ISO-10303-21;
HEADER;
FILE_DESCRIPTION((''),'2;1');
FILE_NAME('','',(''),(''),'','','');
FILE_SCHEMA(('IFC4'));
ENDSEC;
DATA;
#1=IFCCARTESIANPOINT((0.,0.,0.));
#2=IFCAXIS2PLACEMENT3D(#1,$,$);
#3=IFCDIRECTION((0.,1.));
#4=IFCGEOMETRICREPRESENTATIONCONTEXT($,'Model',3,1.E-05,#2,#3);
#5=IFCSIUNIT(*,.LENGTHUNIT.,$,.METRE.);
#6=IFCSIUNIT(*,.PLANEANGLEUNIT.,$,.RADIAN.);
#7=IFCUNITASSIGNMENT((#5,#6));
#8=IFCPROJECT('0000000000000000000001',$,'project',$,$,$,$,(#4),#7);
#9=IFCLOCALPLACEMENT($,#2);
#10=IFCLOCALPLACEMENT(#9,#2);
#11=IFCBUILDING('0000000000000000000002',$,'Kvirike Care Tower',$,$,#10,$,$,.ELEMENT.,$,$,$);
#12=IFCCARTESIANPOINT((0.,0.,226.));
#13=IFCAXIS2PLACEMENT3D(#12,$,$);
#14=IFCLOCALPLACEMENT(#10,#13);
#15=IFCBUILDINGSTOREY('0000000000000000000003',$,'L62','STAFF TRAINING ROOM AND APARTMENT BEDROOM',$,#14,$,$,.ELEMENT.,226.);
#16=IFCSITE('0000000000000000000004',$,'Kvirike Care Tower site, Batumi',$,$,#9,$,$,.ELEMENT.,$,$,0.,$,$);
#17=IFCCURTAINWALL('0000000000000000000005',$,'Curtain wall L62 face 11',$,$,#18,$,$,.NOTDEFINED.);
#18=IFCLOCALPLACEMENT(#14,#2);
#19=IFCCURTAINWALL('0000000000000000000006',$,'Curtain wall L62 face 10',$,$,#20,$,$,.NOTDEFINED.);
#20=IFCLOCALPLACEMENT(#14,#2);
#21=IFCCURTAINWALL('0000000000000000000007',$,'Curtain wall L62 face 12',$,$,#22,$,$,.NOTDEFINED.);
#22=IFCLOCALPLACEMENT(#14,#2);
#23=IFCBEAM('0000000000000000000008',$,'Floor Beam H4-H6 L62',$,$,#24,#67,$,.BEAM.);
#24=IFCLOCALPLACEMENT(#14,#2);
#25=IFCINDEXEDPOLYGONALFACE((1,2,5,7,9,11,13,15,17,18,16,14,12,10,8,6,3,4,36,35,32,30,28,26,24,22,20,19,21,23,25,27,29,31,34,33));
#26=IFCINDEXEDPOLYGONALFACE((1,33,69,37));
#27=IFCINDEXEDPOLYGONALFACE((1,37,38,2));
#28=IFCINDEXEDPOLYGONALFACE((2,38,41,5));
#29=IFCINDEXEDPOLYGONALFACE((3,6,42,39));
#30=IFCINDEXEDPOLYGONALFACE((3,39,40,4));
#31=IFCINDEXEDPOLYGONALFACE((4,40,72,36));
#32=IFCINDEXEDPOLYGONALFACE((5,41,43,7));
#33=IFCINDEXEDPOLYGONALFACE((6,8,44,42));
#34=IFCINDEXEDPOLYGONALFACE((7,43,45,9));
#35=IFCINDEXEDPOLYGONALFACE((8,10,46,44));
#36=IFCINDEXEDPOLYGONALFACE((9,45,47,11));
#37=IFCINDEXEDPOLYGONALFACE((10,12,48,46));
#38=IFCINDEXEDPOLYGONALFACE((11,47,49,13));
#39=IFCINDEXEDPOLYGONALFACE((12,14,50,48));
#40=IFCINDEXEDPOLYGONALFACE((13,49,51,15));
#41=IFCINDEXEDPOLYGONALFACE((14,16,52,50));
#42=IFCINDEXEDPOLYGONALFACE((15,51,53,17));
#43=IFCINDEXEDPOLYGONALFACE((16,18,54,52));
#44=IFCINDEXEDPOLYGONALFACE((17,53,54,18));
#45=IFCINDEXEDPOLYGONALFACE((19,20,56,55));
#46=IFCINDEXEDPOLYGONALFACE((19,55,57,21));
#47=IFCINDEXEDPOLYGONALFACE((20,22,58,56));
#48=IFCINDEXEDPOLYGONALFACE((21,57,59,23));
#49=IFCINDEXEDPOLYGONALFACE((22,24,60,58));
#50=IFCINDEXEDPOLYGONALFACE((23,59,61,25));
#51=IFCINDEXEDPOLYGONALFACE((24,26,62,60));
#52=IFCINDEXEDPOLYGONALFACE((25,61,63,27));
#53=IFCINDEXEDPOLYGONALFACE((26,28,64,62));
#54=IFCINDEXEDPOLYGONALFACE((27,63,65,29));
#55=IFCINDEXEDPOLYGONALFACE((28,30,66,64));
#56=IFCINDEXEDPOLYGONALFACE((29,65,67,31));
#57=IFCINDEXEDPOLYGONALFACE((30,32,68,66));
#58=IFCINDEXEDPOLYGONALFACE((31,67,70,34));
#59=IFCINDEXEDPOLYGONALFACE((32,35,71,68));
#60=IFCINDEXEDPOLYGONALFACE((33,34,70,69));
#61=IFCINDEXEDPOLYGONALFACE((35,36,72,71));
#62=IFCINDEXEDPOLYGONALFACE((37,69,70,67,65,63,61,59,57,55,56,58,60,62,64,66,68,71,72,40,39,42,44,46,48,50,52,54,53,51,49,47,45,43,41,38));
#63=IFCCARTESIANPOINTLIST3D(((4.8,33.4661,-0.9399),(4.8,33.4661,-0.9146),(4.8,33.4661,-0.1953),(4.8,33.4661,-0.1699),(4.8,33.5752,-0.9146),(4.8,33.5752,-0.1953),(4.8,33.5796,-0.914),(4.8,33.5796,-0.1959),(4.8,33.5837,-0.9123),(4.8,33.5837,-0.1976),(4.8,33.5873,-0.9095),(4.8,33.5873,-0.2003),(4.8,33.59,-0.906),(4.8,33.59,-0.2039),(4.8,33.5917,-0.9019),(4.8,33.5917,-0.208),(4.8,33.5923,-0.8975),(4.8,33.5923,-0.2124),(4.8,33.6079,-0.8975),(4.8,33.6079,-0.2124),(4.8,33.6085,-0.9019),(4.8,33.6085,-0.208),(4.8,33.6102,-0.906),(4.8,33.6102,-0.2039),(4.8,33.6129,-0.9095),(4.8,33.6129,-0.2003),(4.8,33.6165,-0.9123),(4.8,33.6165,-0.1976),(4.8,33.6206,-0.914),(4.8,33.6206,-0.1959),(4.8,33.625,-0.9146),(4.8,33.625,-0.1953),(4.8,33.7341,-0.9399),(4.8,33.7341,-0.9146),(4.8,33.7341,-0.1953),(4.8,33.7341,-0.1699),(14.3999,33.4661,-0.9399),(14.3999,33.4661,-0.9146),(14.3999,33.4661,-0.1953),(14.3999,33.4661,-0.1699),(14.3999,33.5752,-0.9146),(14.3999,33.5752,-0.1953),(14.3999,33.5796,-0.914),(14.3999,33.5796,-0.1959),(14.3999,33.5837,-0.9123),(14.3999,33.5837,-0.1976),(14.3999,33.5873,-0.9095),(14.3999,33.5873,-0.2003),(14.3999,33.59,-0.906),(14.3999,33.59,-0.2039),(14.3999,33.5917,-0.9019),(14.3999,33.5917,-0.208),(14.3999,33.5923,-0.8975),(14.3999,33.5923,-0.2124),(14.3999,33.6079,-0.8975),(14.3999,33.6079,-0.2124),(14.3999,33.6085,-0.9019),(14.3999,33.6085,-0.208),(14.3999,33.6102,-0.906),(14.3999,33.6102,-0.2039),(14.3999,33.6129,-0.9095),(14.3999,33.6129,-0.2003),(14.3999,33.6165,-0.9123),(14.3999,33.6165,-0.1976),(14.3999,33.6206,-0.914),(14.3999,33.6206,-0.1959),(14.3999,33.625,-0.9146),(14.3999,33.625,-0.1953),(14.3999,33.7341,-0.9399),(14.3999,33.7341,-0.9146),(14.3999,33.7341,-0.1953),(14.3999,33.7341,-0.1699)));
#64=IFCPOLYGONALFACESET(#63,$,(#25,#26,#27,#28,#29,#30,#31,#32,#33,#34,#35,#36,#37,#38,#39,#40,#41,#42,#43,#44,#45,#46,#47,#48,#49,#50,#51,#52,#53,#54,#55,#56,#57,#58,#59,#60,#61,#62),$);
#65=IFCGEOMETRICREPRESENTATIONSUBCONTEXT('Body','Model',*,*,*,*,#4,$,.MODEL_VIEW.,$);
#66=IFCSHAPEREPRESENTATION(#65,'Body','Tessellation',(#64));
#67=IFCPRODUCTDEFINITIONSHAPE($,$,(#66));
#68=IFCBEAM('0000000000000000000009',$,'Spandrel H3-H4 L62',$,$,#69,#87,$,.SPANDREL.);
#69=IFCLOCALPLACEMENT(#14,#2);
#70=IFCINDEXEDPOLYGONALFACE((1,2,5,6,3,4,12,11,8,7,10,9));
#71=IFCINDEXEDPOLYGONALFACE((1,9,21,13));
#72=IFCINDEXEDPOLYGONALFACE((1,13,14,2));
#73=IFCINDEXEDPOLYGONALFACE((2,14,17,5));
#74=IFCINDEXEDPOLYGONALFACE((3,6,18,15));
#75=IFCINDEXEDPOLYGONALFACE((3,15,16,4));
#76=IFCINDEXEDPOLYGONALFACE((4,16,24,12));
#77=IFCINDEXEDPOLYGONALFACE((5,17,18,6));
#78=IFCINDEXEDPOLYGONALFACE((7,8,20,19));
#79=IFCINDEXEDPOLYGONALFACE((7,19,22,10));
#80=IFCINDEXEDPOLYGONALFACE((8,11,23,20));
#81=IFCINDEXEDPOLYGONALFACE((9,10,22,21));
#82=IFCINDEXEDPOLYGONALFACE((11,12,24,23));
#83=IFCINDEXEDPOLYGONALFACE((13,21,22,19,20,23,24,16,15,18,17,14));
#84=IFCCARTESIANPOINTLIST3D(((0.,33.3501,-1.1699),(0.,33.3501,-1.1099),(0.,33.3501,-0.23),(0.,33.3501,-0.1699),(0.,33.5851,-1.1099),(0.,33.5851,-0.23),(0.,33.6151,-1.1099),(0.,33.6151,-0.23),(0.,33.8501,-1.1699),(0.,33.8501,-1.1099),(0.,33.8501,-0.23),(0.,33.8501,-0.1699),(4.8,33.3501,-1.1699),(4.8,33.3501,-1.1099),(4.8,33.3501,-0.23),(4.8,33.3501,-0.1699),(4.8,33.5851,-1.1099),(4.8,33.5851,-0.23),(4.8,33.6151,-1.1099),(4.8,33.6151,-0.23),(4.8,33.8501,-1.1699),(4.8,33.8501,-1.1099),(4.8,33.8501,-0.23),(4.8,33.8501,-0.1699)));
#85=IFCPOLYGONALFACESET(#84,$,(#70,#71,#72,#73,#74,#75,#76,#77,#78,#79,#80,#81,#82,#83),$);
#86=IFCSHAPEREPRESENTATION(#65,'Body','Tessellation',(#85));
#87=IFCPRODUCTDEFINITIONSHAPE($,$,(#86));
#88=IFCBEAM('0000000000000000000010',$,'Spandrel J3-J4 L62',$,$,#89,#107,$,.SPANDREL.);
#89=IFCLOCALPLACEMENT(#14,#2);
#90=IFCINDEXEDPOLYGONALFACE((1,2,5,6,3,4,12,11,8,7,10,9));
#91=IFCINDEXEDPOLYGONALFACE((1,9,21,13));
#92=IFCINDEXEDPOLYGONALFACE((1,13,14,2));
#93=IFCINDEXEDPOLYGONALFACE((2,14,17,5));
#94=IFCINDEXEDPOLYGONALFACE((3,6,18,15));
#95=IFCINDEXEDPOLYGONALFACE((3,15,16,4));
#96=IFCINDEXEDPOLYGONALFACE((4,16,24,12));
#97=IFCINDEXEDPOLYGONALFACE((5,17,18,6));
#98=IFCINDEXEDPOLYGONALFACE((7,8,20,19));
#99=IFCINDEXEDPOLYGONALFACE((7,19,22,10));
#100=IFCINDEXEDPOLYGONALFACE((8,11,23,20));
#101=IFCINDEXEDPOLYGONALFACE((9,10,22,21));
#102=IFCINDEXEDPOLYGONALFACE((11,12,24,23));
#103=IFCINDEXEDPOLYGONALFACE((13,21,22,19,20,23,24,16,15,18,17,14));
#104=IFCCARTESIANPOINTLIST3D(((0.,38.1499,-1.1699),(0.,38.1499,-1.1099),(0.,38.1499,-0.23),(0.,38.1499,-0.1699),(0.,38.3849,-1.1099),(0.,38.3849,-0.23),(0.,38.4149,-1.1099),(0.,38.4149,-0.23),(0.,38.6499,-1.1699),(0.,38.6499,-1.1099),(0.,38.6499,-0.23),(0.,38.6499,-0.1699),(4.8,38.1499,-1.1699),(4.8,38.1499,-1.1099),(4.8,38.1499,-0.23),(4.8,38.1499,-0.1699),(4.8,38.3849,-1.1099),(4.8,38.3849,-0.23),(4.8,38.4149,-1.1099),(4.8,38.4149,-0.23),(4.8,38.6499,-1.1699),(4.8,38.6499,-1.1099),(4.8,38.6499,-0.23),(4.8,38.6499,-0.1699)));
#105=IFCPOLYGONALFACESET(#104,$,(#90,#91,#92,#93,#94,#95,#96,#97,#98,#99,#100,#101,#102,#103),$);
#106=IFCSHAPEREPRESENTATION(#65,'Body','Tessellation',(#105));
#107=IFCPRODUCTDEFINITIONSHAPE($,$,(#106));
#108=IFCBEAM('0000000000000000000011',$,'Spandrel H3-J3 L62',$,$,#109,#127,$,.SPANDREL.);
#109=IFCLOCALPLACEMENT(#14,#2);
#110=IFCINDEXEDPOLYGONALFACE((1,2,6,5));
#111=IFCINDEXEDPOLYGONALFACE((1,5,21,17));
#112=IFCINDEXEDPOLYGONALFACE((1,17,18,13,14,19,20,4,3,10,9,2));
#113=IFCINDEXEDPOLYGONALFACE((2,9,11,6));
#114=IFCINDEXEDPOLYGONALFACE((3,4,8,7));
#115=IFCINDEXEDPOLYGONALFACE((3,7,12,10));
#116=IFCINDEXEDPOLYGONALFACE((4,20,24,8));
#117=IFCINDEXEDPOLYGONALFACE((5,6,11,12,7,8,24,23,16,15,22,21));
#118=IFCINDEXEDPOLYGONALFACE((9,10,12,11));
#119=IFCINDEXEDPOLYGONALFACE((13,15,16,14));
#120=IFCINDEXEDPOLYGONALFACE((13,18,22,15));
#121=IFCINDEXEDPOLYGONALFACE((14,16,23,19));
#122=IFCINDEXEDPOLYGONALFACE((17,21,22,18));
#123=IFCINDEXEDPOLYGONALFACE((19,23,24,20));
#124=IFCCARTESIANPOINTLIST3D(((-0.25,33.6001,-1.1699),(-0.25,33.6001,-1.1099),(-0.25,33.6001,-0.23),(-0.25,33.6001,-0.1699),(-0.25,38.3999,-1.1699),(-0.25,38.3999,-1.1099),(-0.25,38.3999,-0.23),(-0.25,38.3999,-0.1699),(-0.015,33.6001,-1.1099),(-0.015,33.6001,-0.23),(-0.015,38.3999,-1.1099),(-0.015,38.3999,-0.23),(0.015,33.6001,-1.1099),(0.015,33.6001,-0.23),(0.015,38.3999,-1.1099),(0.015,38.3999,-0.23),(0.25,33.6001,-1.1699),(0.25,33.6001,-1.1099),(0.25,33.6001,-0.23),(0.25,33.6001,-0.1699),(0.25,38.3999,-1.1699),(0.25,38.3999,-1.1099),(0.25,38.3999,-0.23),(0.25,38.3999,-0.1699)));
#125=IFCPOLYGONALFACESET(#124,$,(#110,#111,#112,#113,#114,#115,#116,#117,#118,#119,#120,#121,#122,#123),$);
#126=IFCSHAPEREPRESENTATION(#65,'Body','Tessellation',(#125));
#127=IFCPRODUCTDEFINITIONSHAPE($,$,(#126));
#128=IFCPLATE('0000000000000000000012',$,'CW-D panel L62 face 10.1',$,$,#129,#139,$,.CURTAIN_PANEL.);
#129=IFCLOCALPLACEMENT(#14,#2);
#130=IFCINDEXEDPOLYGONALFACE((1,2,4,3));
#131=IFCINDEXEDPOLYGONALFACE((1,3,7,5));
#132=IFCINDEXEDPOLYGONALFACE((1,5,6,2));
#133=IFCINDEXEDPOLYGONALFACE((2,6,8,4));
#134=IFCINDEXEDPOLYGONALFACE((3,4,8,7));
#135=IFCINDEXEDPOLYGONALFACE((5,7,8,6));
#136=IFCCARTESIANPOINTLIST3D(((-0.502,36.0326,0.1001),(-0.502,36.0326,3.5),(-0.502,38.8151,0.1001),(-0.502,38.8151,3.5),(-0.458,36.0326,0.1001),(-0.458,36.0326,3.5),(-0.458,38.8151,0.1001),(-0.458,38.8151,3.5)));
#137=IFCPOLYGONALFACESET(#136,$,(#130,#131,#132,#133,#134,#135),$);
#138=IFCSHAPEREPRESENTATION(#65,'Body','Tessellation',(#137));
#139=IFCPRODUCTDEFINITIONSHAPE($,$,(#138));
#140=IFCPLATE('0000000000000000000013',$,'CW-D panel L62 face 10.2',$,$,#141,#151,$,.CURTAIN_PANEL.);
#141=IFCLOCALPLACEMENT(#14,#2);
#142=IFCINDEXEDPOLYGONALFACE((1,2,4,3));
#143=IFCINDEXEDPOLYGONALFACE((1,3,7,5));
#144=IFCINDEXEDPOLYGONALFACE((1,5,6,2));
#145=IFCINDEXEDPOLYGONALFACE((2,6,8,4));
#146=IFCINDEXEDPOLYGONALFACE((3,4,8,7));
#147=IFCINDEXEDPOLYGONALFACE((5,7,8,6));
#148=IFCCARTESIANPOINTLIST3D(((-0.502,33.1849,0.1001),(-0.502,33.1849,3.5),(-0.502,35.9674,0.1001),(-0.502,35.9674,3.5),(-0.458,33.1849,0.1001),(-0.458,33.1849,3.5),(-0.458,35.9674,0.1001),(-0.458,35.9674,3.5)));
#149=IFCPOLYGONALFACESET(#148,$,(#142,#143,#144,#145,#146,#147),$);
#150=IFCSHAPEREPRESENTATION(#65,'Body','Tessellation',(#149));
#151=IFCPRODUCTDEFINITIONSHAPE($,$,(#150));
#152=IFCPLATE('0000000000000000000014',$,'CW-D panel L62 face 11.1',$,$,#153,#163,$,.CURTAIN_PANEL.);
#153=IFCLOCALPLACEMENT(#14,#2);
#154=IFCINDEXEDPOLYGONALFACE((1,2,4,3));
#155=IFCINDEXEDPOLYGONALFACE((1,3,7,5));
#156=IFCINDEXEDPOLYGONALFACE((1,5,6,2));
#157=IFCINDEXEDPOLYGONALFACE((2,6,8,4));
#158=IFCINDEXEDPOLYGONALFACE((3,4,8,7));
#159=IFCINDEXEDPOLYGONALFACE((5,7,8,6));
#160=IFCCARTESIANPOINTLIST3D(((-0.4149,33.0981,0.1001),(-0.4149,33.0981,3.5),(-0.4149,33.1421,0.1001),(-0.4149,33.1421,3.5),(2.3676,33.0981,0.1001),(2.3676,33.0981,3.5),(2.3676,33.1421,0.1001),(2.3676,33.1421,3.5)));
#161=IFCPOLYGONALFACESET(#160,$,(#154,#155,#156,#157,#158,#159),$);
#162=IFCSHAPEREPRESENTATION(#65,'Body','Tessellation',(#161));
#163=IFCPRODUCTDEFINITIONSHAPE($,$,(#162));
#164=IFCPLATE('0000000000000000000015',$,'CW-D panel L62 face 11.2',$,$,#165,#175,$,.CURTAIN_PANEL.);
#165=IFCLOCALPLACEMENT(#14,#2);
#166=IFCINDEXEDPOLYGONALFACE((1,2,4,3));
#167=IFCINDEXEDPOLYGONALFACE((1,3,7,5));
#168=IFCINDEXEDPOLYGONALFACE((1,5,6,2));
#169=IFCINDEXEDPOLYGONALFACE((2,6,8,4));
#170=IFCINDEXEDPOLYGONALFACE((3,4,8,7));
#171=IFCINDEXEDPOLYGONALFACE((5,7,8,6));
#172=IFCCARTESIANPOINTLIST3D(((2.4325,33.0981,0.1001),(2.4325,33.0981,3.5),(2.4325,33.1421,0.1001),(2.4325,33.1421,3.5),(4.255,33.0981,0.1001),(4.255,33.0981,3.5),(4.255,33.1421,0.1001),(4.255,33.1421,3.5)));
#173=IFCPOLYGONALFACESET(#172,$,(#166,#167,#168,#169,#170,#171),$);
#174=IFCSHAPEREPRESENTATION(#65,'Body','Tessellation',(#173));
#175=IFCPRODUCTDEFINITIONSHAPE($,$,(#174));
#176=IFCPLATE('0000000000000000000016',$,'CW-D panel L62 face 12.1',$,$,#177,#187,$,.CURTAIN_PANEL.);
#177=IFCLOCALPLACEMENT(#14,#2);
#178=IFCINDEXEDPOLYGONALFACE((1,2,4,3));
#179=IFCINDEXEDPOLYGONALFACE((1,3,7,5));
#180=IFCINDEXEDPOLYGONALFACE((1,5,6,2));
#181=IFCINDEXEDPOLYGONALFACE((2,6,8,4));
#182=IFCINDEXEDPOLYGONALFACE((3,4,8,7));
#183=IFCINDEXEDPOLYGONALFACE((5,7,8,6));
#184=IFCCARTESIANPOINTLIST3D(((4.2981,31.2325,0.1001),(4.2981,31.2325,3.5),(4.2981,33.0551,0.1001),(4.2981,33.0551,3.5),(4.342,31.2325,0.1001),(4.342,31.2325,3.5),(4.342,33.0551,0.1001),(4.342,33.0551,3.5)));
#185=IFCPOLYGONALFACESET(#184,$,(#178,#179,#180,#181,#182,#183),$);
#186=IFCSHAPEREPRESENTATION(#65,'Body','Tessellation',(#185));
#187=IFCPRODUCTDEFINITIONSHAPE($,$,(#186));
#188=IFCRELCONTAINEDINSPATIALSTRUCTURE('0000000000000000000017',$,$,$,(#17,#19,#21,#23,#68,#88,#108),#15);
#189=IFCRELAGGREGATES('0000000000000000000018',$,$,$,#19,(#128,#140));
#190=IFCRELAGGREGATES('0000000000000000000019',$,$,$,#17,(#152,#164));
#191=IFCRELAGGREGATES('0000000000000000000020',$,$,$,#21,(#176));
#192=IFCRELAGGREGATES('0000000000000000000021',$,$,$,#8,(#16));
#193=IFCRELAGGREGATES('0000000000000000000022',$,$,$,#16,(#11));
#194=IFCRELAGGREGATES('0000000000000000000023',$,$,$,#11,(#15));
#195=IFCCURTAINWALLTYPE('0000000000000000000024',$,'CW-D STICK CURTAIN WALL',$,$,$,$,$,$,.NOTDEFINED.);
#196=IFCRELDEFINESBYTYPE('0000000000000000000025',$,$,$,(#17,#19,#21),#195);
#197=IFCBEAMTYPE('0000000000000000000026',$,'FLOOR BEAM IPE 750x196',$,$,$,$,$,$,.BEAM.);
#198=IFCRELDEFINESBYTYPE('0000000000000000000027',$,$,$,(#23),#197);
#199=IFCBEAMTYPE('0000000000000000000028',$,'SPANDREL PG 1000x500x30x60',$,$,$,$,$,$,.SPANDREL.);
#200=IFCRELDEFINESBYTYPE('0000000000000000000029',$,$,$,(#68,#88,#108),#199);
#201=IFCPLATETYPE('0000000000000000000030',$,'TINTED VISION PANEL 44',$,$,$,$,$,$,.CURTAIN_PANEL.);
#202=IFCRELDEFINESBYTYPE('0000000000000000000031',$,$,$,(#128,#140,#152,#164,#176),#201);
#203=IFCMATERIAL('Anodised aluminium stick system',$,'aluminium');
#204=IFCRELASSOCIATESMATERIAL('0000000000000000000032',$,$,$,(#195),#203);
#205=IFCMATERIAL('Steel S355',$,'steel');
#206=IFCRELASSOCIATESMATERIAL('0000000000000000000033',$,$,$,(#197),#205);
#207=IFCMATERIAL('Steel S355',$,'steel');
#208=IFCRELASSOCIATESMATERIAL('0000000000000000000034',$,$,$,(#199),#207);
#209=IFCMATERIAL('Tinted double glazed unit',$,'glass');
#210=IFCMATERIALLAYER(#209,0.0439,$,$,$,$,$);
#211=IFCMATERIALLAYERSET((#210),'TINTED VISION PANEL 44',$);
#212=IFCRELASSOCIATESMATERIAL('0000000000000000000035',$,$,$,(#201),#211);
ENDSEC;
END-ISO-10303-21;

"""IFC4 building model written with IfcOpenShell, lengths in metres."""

from ifc_helpers import new_model, si_unit, direction, frame, origin, origin_2d, place, context, subcontext, project, spatial, rectangle, i_section, extrude, material, layer, layer_set, material_profile, profile_set, type_object, element, aggregate, save


model = new_model("IFC4")

# Units and contexts
model_context = context("Model", 3, precision=1e-05, world=origin(), true_north=direction((0.0, 1.0)))
body_context = subcontext(model_context, "Body", "Model", "MODEL_VIEW")
ifc_project = project(units=[si_unit("LENGTHUNIT", "METRE"), si_unit("PLANEANGLEUNIT", "RADIAN")], contexts=[model_context])

# Site, building, storey
site_placement = place(None, origin())
site = spatial("IfcSite", under=ifc_project, at=site_placement, Name="Kvirike Care Tower site, Batumi", CompositionType="ELEMENT", RefElevation=0.0)
building_placement = place(site_placement, origin())
building = spatial("IfcBuilding", under=site, at=building_placement, Name="Kvirike Care Tower", CompositionType="ELEMENT")
storey_placement = place(building_placement, frame((0.0, 0.0, 226.0)))
storey = spatial("IfcBuildingStorey", under=building, at=storey_placement, Name="L62", Description="STAFF TRAINING ROOM AND APARTMENT BEDROOM", CompositionType="ELEMENT", Elevation=226.0)

# Curtain wall
ifc_material_1 = material(Name="Anodised aluminium stick system", Category="aluminium")
curtain_wall_type = type_object("IfcCurtainWallType", Name="CW-D STICK CURTAIN WALL", PredefinedType="NOTDEFINED", material=ifc_material_1)
curtain_wall_1_placement = place(storey_placement, origin())
curtain_wall_1 = element("IfcCurtainWall", 1, at=curtain_wall_1_placement, inside=storey, type_object=curtain_wall_type, Name="Curtain wall L62 face 11", PredefinedType="NOTDEFINED")

# Curtain wall
curtain_wall_2_placement = place(storey_placement, origin())
curtain_wall_2 = element("IfcCurtainWall", 2, at=curtain_wall_2_placement, inside=storey, type_object=curtain_wall_type, Name="Curtain wall L62 face 10", PredefinedType="NOTDEFINED")

# Curtain wall
curtain_wall_3_placement = place(storey_placement, origin())
curtain_wall_3 = element("IfcCurtainWall", 3, at=curtain_wall_3_placement, inside=storey, type_object=curtain_wall_type, Name="Curtain wall L62 face 12", PredefinedType="NOTDEFINED")

# Beams
ifc_material_2 = material(Name="Steel S355", Category="steel")
ifc_material_profile_1 = material_profile(ifc_material_2, i_section(OverallWidth=0.2681, OverallDepth=0.77, WebThickness=0.0156, FlangeThickness=0.0254, FilletRadius=0.0171, at=origin_2d()), Name="IPE 750x196")
ifc_profile_set_1 = profile_set([ifc_material_profile_1], Name="Steel S355")
beam_type_1 = type_object("IfcBeamType", Name="FLOOR BEAM IPE 750x196", PredefinedType="BEAM", material=ifc_profile_set_1)
beam_1_placement = place(storey_placement, frame((4.8, 33.6001, -0.5549), z_axis=(1.0, 0.0, 0.0), x_axis=(0.0, 1.0, 0.0)))
element("IfcBeam", 4, at=beam_1_placement, inside=storey, type_object=beam_type_1, Name="Floor Beam H4-H6 L62", PredefinedType="BEAM", context=body_context, shape_type="SweptSolid", body=[
    extrude(i_section(OverallWidth=0.2681, OverallDepth=0.77, WebThickness=0.0156, FlangeThickness=0.0254, FilletRadius=0.0171, at=origin_2d()), origin(), (0.0, 0.0, 1.0), 9.5999),
])
ifc_material_3 = material(Name="Steel S355", Category="steel")
ifc_material_profile_2 = material_profile(ifc_material_3, i_section(OverallWidth=0.5, OverallDepth=1.0, WebThickness=0.03, FlangeThickness=0.0601, at=origin_2d()), Name="PG 1000x500x30x60")
ifc_profile_set_2 = profile_set([ifc_material_profile_2], Name="Steel S355")
beam_type_2 = type_object("IfcBeamType", Name="SPANDREL PG 1000x500x30x60", PredefinedType="SPANDREL", material=ifc_profile_set_2)
for number, where, z_axis, x_axis, name in (
    (5, (0.0, 33.6001, -0.6699), (1.0, 0.0, 0.0), (0.0, 1.0, 0.0), "Spandrel H3-H4 L62"),
    (6, (0.0, 38.3999, -0.6699), (1.0, 0.0, 0.0), (0.0, 1.0, 0.0), "Spandrel J3-J4 L62"),
):
    element("IfcBeam", number, at=place(storey_placement, frame(where, z_axis=z_axis, x_axis=x_axis)), inside=storey, type_object=beam_type_2, Name=name, PredefinedType="SPANDREL", context=body_context, shape_type="SweptSolid", body=[
        extrude(i_section(OverallWidth=0.5, OverallDepth=1.0, WebThickness=0.03, FlangeThickness=0.0601, at=origin_2d()), origin(), (0.0, 0.0, 1.0), 4.8),
    ])
beam_2_placement = place(storey_placement, frame((0.0, 33.6001, -0.6699), z_axis=(0.0, 1.0, 0.0), x_axis=(-1.0, 0.0, 0.0)))
element("IfcBeam", 7, at=beam_2_placement, inside=storey, type_object=beam_type_2, Name="Spandrel H3-J3 L62", PredefinedType="SPANDREL", context=body_context, shape_type="SweptSolid", body=[
    extrude(i_section(OverallWidth=0.5, OverallDepth=1.0, WebThickness=0.03, FlangeThickness=0.0601, at=origin_2d()), origin(), (0.0, 0.0, 1.0), 4.7998),
])

# Plates
ifc_material_4 = material(Name="Tinted double glazed unit", Category="glass")
ifc_layer_1 = layer(ifc_material_4, 0.0439)
ifc_layer_set_1 = layer_set([ifc_layer_1], Name="TINTED VISION PANEL 44")
plate_type = type_object("IfcPlateType", Name="TINTED VISION PANEL 44", PredefinedType="CURTAIN_PANEL", material=ifc_layer_set_1)
plate_1_placement = place(storey_placement, frame((-0.48, 37.4238, 0.1001), z_axis=(0.0, 0.0, 1.0), x_axis=(0.0, -1.0, 0.0)))
plate_1 = element("IfcPlate", 8, at=plate_1_placement, type_object=plate_type, Name="CW-D panel L62 face 10.1", PredefinedType="CURTAIN_PANEL", context=body_context, shape_type="SweptSolid", body=[
    extrude(rectangle(XDim=2.7825, YDim=0.0439, at=origin_2d()), origin(), (0.0, 0.0, 1.0), 3.3999),
])
plate_2_placement = place(storey_placement, frame((-0.48, 34.5762, 0.1001), z_axis=(0.0, 0.0, 1.0), x_axis=(0.0, -1.0, 0.0)))
plate_2 = element("IfcPlate", 9, at=plate_2_placement, type_object=plate_type, Name="CW-D panel L62 face 10.2", PredefinedType="CURTAIN_PANEL", context=body_context, shape_type="SweptSolid", body=[
    extrude(rectangle(XDim=2.7825, YDim=0.0439, at=origin_2d()), origin(), (0.0, 0.0, 1.0), 3.3999),
])
aggregate(curtain_wall_2, [plate_1, plate_2])
plate_3_placement = place(storey_placement, frame((0.9763, 33.1201, 0.1001), z_axis=(0.0, 0.0, 1.0), x_axis=(1.0, 0.0, 0.0)))
plate_3 = element("IfcPlate", 10, at=plate_3_placement, type_object=plate_type, Name="CW-D panel L62 face 11.1", PredefinedType="CURTAIN_PANEL", context=body_context, shape_type="SweptSolid", body=[
    extrude(rectangle(XDim=2.7825, YDim=0.0439, at=origin_2d()), origin(), (0.0, 0.0, 1.0), 3.3999),
])
plate_4_placement = place(storey_placement, frame((3.3438, 33.1201, 0.1001), z_axis=(0.0, 0.0, 1.0), x_axis=(1.0, 0.0, 0.0)))
plate_4 = element("IfcPlate", 11, at=plate_4_placement, type_object=plate_type, Name="CW-D panel L62 face 11.2", PredefinedType="CURTAIN_PANEL", context=body_context, shape_type="SweptSolid", body=[
    extrude(rectangle(XDim=1.8225, YDim=0.0439, at=origin_2d()), origin(), (0.0, 0.0, 1.0), 3.3999),
])
aggregate(curtain_wall_1, [plate_3, plate_4])
plate_5_placement = place(storey_placement, frame((4.3201, 32.1438, 0.1001), z_axis=(0.0, 0.0, 1.0), x_axis=(0.0, -1.0, 0.0)))
plate_5 = element("IfcPlate", 12, at=plate_5_placement, type_object=plate_type, Name="CW-D panel L62 face 12.1", PredefinedType="CURTAIN_PANEL", context=body_context, shape_type="SweptSolid", body=[
    extrude(rectangle(XDim=1.8225, YDim=0.0439, at=origin_2d()), origin(), (0.0, 0.0, 1.0), 3.3999),
])
aggregate(curtain_wall_3, [plate_5])

save(model, "model.ifc")
